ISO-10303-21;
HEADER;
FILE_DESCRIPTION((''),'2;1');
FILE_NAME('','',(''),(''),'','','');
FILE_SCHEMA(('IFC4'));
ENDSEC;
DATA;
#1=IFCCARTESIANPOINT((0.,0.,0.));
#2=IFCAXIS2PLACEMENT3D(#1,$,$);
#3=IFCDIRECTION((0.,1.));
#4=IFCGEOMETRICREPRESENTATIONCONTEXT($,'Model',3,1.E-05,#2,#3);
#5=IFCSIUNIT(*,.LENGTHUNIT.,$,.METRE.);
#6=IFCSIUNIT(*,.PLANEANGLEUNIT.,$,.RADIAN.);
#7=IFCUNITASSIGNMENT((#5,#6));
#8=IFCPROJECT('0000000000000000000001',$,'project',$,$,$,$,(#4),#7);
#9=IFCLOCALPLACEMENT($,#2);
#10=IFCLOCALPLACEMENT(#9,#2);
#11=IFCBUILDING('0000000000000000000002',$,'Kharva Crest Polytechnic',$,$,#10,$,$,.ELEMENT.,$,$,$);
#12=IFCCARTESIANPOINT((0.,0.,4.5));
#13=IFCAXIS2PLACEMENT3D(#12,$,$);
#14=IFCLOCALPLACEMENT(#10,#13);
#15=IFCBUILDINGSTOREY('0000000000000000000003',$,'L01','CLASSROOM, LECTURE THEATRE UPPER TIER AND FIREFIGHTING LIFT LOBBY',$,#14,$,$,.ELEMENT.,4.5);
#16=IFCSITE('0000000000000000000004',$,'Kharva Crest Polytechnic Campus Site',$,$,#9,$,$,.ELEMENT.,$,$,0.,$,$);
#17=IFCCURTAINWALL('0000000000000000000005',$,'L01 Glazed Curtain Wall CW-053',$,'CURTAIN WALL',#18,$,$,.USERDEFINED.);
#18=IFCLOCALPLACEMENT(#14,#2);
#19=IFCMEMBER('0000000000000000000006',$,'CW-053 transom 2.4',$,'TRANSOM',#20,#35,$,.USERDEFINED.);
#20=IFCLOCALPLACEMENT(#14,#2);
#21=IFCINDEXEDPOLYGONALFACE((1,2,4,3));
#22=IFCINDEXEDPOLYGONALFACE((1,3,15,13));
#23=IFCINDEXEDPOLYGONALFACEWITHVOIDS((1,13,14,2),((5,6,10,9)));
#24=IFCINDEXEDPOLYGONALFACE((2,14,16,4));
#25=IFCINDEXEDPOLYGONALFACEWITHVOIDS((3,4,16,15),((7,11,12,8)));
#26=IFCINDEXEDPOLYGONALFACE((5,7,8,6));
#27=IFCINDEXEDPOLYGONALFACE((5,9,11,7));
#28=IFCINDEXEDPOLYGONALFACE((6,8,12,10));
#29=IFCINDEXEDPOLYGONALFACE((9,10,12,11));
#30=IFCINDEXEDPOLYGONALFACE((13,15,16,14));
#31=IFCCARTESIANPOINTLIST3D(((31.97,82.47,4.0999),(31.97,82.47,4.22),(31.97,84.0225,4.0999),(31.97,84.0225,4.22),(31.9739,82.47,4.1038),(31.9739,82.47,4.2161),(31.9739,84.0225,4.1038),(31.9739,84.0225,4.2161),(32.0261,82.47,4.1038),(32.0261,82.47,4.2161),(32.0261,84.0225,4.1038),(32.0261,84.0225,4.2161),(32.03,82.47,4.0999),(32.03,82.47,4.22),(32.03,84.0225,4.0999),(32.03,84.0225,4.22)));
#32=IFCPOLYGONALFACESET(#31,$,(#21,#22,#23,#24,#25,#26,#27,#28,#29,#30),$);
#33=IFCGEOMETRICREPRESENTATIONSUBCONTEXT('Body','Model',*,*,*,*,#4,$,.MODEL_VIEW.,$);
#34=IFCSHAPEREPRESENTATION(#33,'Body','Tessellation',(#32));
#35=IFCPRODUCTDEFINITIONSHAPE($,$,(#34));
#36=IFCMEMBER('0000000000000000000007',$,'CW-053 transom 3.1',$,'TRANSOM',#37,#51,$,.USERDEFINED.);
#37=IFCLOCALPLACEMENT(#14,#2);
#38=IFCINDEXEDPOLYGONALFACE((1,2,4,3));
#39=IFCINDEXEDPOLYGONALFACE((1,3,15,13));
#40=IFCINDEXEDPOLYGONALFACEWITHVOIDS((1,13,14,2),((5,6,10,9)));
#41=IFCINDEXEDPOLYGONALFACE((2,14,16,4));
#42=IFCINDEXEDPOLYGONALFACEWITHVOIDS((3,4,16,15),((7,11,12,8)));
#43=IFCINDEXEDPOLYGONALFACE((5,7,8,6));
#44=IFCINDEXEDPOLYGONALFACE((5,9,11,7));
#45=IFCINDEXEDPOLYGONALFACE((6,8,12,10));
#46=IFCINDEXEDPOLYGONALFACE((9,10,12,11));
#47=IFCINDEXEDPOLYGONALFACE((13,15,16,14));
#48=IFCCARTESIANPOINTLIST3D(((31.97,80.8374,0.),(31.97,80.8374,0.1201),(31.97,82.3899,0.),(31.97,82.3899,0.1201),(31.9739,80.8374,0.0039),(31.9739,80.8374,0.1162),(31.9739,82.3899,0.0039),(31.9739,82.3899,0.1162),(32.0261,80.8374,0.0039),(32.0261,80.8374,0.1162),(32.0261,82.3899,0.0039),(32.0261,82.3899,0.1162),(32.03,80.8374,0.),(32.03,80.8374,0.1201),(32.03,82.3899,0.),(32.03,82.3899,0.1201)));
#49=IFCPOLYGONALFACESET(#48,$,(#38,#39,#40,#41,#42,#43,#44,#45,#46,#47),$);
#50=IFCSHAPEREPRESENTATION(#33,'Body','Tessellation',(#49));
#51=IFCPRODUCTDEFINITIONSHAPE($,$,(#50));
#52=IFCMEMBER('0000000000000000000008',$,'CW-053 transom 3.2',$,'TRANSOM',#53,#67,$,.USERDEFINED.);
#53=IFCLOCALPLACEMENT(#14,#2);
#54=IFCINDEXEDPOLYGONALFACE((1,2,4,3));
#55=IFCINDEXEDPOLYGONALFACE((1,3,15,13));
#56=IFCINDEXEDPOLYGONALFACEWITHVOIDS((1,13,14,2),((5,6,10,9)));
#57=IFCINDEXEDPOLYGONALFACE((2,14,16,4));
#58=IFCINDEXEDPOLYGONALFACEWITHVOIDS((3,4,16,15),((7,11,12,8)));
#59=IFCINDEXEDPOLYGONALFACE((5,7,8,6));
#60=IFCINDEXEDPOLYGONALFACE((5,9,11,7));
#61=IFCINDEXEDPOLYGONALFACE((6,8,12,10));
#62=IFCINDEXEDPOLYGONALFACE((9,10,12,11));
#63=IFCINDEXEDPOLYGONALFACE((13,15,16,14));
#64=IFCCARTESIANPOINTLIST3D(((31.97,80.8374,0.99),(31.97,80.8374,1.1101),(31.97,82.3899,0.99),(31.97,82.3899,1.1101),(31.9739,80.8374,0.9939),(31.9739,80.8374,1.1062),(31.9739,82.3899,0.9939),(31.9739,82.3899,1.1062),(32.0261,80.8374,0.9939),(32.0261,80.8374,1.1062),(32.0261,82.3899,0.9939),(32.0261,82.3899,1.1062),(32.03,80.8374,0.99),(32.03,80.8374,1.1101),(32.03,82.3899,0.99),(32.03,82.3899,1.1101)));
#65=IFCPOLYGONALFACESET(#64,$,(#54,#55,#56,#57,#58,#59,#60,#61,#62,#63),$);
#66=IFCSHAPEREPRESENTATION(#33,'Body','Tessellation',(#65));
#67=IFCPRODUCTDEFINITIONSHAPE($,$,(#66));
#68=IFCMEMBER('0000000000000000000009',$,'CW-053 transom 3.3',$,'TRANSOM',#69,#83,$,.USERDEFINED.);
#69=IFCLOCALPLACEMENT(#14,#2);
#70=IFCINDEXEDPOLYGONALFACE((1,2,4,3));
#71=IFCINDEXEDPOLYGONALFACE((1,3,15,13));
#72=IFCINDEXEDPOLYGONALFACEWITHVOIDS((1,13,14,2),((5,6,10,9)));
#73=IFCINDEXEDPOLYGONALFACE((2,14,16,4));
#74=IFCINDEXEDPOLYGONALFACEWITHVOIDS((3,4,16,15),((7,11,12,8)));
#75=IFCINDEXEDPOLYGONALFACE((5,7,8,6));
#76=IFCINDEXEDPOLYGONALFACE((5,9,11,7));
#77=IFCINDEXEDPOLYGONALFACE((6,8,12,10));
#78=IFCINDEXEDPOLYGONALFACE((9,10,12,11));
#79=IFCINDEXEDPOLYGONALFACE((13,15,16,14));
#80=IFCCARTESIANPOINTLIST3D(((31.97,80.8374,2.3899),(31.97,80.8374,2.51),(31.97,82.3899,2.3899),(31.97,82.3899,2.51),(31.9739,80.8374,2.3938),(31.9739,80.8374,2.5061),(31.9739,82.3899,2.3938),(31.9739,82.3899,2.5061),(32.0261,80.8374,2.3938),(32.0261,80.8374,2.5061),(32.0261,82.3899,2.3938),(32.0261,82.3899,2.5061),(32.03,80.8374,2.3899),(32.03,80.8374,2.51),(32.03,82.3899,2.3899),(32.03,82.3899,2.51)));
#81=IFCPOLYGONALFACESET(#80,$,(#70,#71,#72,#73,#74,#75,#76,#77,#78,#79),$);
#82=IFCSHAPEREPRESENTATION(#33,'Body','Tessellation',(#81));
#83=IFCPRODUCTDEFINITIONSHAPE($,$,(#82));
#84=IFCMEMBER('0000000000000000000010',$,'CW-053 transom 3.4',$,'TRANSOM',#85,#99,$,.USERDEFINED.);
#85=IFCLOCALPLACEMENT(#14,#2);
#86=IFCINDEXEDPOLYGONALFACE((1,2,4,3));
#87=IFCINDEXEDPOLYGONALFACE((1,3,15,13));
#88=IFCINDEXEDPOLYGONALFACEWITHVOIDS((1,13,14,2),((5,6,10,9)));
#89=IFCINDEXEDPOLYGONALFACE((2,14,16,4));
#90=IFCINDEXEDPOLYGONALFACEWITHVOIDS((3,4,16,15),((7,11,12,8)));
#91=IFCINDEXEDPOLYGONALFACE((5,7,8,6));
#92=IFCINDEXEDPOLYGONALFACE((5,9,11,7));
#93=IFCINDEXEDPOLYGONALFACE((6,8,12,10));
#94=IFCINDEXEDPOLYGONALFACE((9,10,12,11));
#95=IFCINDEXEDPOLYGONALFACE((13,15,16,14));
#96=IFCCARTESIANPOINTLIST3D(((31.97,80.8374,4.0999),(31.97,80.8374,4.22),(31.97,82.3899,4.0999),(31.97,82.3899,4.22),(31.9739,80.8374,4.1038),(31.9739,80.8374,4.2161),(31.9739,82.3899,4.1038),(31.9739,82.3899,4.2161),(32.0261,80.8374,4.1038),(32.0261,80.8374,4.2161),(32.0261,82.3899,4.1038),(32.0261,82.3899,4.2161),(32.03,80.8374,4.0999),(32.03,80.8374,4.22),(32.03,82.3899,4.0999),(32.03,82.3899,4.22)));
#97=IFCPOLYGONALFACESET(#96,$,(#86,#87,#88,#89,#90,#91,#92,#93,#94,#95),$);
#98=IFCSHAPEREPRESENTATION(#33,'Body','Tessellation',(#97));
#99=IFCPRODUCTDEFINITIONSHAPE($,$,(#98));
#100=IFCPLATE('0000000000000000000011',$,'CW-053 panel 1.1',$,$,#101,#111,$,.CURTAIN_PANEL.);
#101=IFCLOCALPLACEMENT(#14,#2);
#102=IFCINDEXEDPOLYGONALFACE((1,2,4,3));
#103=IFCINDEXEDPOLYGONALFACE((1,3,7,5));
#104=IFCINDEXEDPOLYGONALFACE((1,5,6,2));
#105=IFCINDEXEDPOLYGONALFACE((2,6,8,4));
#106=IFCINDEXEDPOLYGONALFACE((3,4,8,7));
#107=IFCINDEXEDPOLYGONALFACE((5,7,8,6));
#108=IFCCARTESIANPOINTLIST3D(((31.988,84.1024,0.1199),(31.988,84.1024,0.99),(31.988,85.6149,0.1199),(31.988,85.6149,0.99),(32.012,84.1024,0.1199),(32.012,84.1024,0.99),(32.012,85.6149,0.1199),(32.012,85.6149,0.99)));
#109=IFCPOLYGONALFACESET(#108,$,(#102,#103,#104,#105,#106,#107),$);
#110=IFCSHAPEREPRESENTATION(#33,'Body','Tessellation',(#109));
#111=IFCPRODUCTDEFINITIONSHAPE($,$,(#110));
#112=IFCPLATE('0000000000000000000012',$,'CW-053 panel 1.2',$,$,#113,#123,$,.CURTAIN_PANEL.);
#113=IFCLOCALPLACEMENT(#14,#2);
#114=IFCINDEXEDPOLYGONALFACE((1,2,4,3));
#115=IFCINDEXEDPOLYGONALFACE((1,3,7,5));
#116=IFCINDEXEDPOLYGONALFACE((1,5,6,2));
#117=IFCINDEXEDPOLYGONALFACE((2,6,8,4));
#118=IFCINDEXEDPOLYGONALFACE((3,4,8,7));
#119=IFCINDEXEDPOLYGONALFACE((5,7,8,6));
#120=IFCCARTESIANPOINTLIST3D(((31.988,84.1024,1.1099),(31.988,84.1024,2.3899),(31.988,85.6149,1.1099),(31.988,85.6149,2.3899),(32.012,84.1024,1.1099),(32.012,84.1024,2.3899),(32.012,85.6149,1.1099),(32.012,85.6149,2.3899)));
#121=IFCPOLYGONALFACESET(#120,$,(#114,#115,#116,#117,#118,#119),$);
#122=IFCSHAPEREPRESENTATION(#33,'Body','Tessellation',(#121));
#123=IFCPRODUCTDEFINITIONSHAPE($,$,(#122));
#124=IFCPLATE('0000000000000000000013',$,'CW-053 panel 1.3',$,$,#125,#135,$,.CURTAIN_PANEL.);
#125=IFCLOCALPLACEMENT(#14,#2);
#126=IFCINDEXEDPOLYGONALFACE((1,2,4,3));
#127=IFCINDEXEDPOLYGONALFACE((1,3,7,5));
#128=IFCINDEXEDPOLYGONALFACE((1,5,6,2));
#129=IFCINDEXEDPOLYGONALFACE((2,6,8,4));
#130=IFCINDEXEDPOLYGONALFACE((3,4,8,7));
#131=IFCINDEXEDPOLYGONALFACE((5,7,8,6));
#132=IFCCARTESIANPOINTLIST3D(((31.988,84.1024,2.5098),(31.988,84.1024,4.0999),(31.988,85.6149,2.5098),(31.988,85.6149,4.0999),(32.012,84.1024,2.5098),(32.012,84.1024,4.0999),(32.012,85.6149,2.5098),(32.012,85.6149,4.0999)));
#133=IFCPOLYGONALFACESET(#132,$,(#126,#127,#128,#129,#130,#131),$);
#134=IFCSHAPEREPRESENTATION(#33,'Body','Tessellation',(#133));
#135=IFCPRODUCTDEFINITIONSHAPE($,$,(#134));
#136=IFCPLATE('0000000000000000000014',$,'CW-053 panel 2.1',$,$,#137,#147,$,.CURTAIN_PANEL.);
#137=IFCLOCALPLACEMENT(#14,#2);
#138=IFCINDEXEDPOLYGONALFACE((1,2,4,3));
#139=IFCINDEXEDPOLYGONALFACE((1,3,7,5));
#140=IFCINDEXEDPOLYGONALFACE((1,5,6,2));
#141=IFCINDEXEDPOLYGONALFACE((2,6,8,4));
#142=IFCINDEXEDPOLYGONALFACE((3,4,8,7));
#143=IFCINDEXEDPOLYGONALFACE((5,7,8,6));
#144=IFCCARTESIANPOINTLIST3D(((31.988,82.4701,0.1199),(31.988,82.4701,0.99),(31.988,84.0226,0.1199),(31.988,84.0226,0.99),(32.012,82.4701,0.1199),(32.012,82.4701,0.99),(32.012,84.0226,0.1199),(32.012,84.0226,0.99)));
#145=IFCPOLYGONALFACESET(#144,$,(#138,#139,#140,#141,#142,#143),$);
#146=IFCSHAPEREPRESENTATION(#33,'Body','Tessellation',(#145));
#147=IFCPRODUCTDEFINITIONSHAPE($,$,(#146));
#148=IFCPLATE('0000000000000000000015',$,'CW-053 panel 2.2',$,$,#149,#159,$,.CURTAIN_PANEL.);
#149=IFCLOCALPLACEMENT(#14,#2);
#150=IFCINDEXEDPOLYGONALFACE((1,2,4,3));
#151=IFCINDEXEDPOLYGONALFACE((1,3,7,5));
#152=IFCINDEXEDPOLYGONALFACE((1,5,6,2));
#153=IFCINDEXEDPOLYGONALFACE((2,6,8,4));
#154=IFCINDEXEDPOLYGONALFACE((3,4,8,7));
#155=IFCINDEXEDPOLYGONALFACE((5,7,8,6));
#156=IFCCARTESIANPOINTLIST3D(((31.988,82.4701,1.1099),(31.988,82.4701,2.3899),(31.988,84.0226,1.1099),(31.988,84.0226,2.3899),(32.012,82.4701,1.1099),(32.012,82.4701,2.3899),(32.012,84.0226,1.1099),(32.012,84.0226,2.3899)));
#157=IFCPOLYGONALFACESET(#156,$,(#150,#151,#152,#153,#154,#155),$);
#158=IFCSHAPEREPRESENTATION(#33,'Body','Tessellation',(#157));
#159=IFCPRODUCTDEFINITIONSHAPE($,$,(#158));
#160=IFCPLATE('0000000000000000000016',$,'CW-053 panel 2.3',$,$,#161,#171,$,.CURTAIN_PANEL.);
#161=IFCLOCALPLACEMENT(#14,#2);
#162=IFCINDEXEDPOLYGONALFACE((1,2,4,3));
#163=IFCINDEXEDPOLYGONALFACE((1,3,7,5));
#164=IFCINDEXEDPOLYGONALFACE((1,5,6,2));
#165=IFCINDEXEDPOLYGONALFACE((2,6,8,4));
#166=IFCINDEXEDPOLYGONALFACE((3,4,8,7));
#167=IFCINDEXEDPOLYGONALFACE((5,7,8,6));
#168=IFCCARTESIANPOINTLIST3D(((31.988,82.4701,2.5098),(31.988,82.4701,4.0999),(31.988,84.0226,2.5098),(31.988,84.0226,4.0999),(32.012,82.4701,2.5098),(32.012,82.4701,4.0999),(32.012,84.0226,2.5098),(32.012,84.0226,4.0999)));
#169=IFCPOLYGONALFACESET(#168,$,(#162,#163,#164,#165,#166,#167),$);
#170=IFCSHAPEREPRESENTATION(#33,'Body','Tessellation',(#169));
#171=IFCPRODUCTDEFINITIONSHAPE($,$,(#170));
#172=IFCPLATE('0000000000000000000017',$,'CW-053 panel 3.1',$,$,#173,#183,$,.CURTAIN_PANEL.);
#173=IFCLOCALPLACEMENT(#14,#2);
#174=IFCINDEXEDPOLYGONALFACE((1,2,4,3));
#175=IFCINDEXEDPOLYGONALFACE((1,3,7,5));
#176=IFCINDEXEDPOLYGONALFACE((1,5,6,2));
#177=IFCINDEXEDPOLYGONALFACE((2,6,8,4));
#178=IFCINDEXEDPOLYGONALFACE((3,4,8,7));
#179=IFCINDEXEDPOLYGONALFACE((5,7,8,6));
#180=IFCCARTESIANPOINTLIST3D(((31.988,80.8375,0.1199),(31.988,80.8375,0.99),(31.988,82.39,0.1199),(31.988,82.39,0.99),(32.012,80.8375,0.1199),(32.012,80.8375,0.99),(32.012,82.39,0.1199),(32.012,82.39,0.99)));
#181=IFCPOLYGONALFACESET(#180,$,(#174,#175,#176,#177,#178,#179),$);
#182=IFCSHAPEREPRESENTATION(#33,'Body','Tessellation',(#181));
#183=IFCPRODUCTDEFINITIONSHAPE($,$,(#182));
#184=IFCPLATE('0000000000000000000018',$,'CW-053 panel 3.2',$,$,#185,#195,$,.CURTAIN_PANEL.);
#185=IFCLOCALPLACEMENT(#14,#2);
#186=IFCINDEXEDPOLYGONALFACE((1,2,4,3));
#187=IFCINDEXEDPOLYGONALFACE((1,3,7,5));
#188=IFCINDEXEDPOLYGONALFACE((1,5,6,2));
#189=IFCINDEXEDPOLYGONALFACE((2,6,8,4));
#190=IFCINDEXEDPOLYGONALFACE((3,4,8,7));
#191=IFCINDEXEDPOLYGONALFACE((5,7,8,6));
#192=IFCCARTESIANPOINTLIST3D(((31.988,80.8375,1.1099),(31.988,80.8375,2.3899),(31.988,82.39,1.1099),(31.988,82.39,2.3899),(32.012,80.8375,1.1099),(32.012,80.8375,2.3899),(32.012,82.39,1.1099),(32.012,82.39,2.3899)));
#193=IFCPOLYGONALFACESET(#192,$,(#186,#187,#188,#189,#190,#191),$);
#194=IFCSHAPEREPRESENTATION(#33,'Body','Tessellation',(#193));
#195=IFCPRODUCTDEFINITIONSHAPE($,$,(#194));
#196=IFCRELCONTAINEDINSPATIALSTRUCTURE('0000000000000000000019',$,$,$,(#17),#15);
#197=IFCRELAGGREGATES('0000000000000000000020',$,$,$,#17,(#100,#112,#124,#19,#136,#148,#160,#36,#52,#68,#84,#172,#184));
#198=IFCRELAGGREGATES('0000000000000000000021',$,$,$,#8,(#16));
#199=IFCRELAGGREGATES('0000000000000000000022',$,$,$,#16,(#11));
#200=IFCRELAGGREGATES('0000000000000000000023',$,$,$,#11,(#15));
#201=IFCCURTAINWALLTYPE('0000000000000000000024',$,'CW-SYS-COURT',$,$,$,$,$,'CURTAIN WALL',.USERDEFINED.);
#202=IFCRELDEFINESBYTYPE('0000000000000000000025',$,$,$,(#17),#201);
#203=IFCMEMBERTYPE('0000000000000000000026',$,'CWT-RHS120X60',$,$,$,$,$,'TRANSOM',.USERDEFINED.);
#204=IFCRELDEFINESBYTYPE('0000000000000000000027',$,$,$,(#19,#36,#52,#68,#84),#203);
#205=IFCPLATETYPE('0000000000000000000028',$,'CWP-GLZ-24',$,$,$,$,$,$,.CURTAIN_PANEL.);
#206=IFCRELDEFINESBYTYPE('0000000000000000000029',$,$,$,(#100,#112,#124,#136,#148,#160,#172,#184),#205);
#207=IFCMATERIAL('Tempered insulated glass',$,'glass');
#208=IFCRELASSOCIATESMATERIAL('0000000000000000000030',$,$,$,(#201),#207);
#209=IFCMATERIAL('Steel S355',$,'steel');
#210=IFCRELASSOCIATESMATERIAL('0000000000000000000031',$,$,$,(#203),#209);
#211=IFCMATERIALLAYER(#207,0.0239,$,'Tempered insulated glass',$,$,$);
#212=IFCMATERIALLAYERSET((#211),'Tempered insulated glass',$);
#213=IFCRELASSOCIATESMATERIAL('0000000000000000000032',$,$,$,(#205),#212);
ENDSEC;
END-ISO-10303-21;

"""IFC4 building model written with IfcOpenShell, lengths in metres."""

from ifc_helpers import new_model, si_unit, direction, frame, origin, origin_2d, place, context, subcontext, project, spatial, rectangle, hollow_rectangle, extrude, material, layer, layer_set, material_profile, profile_set, type_object, element, aggregate, save


model = new_model("IFC4")

# Units and contexts
model_context = context("Model", 3, precision=1e-05, world=origin(), true_north=direction((0.0, 1.0)))
body_context = subcontext(model_context, "Body", "Model", "MODEL_VIEW")
ifc_project = project(units=[si_unit("LENGTHUNIT", "METRE"), si_unit("PLANEANGLEUNIT", "RADIAN")], contexts=[model_context])

# Site, building, storey
site_placement = place(None, origin())
site = spatial("IfcSite", under=ifc_project, at=site_placement, Name="Kharva Crest Polytechnic Campus Site", CompositionType="ELEMENT", RefElevation=0.0)
building_placement = place(site_placement, origin())
building = spatial("IfcBuilding", under=site, at=building_placement, Name="Kharva Crest Polytechnic", CompositionType="ELEMENT")
storey_placement = place(building_placement, frame((0.0, 0.0, 4.5)))
storey = spatial("IfcBuildingStorey", under=building, at=storey_placement, Name="L01", Description="CLASSROOM, LECTURE THEATRE UPPER TIER AND FIREFIGHTING LIFT LOBBY", CompositionType="ELEMENT", Elevation=4.5)

# Shared definitions
ifc_material_1 = material(Name="Steel S355", Category="steel")

# Curtain wall, members, plates
ifc_material_2 = material(Name="Tempered insulated glass", Category="glass")
curtain_wall_type = type_object("IfcCurtainWallType", Name="CW-SYS-COURT", ElementType="CURTAIN WALL", PredefinedType="USERDEFINED", material=ifc_material_2)
curtain_wall_placement = place(storey_placement, origin())
curtain_wall = element("IfcCurtainWall", 1, at=curtain_wall_placement, inside=storey, type_object=curtain_wall_type, Name="L01 Glazed Curtain Wall CW-053", ObjectType="CURTAIN WALL", PredefinedType="USERDEFINED")
ifc_material_profile_1 = material_profile(ifc_material_1, hollow_rectangle(XDim=0.0601, YDim=0.1201, WallThickness=0.0039, at=origin_2d()), Name="RHS 120X60X4.0")
ifc_profile_set_1 = profile_set([ifc_material_profile_1], Name="Steel S355")
member_type_1 = type_object("IfcMemberType", Name="CWT-RHS120X60", ElementType="TRANSOM", PredefinedType="USERDEFINED", material=ifc_profile_set_1)
member_1_placement = place(storey_placement, frame((32.0, 84.0225, 4.1599), z_axis=(0.0, -1.0, 0.0), x_axis=(1.0, 0.0, 0.0)))
member_1 = element("IfcMember", 2, at=member_1_placement, type_object=member_type_1, Name="CW-053 transom 2.4", ObjectType="TRANSOM", PredefinedType="USERDEFINED", context=body_context, shape_type="SweptSolid", body=[
    extrude(hollow_rectangle(XDim=0.0601, YDim=0.1201, WallThickness=0.0039, at=origin_2d()), origin(), (0.0, 0.0, 1.0), 1.5525),
])
member_2_placement = place(storey_placement, frame((32.0, 82.3899, 0.0601), z_axis=(0.0, -1.0, 0.0), x_axis=(1.0, 0.0, 0.0)))
member_2 = element("IfcMember", 3, at=member_2_placement, type_object=member_type_1, Name="CW-053 transom 3.1", ObjectType="TRANSOM", PredefinedType="USERDEFINED", context=body_context, shape_type="SweptSolid", body=[
    extrude(hollow_rectangle(XDim=0.0601, YDim=0.1201, WallThickness=0.0039, at=origin_2d()), origin(), (0.0, 0.0, 1.0), 1.5525),
])
member_3_placement = place(storey_placement, frame((32.0, 82.3899, 1.05), z_axis=(0.0, -1.0, 0.0), x_axis=(1.0, 0.0, 0.0)))
member_3 = element("IfcMember", 4, at=member_3_placement, type_object=member_type_1, Name="CW-053 transom 3.2", ObjectType="TRANSOM", PredefinedType="USERDEFINED", context=body_context, shape_type="SweptSolid", body=[
    extrude(hollow_rectangle(XDim=0.0601, YDim=0.1201, WallThickness=0.0039, at=origin_2d()), origin(), (0.0, 0.0, 1.0), 1.5525),
])
member_4_placement = place(storey_placement, frame((32.0, 82.3899, 2.45), z_axis=(0.0, -1.0, 0.0), x_axis=(1.0, 0.0, 0.0)))
member_4 = element("IfcMember", 5, at=member_4_placement, type_object=member_type_1, Name="CW-053 transom 3.3", ObjectType="TRANSOM", PredefinedType="USERDEFINED", context=body_context, shape_type="SweptSolid", body=[
    extrude(hollow_rectangle(XDim=0.0601, YDim=0.1201, WallThickness=0.0039, at=origin_2d()), origin(), (0.0, 0.0, 1.0), 1.5525),
])
member_5_placement = place(storey_placement, frame((32.0, 82.3899, 4.1599), z_axis=(0.0, -1.0, 0.0), x_axis=(1.0, 0.0, 0.0)))
member_5 = element("IfcMember", 6, at=member_5_placement, type_object=member_type_1, Name="CW-053 transom 3.4", ObjectType="TRANSOM", PredefinedType="USERDEFINED", context=body_context, shape_type="SweptSolid", body=[
    extrude(hollow_rectangle(XDim=0.0601, YDim=0.1201, WallThickness=0.0039, at=origin_2d()), origin(), (0.0, 0.0, 1.0), 1.5525),
])
ifc_layer = layer(ifc_material_2, 0.0239, Name="Tempered insulated glass")
ifc_layer_set = layer_set([ifc_layer], Name="Tempered insulated glass")
plate_type = type_object("IfcPlateType", Name="CWP-GLZ-24", PredefinedType="CURTAIN_PANEL", material=ifc_layer_set)
plate_1_placement = place(storey_placement, frame((32.0, 84.8586, 0.1199), z_axis=(0.0, 0.0, 1.0), x_axis=(0.0, -1.0, 0.0)))
plate_1 = element("IfcPlate", 7, at=plate_1_placement, type_object=plate_type, Name="CW-053 panel 1.1", PredefinedType="CURTAIN_PANEL", context=body_context, shape_type="SweptSolid", body=[
    extrude(rectangle(XDim=1.5125, YDim=0.0239, at=origin_2d()), origin(), (0.0, 0.0, 1.0), 0.8701),
])
plate_2_placement = place(storey_placement, frame((32.0, 84.8586, 1.1099), z_axis=(0.0, 0.0, 1.0), x_axis=(0.0, -1.0, 0.0)))
plate_2 = element("IfcPlate", 8, at=plate_2_placement, type_object=plate_type, Name="CW-053 panel 1.2", PredefinedType="CURTAIN_PANEL", context=body_context, shape_type="SweptSolid", body=[
    extrude(rectangle(XDim=1.5125, YDim=0.0239, at=origin_2d()), origin(), (0.0, 0.0, 1.0), 1.28),
])
plate_3_placement = place(storey_placement, frame((32.0, 84.8586, 2.5098), z_axis=(0.0, 0.0, 1.0), x_axis=(0.0, -1.0, 0.0)))
plate_3 = element("IfcPlate", 9, at=plate_3_placement, type_object=plate_type, Name="CW-053 panel 1.3", PredefinedType="CURTAIN_PANEL", context=body_context, shape_type="SweptSolid", body=[
    extrude(rectangle(XDim=1.5125, YDim=0.0239, at=origin_2d()), origin(), (0.0, 0.0, 1.0), 1.5901),
])
plate_4_placement = place(storey_placement, frame((32.0, 83.2463, 0.1199), z_axis=(0.0, 0.0, 1.0), x_axis=(0.0, -1.0, 0.0)))
plate_4 = element("IfcPlate", 10, at=plate_4_placement, type_object=plate_type, Name="CW-053 panel 2.1", PredefinedType="CURTAIN_PANEL", context=body_context, shape_type="SweptSolid", body=[
    extrude(rectangle(XDim=1.5525, YDim=0.0239, at=origin_2d()), origin(), (0.0, 0.0, 1.0), 0.8701),
])
plate_5_placement = place(storey_placement, frame((32.0, 83.2463, 1.1099), z_axis=(0.0, 0.0, 1.0), x_axis=(0.0, -1.0, 0.0)))
plate_5 = element("IfcPlate", 11, at=plate_5_placement, type_object=plate_type, Name="CW-053 panel 2.2", PredefinedType="CURTAIN_PANEL", context=body_context, shape_type="SweptSolid", body=[
    extrude(rectangle(XDim=1.5525, YDim=0.0239, at=origin_2d()), origin(), (0.0, 0.0, 1.0), 1.28),
])
plate_6_placement = place(storey_placement, frame((32.0, 83.2463, 2.5098), z_axis=(0.0, 0.0, 1.0), x_axis=(0.0, -1.0, 0.0)))
plate_6 = element("IfcPlate", 12, at=plate_6_placement, type_object=plate_type, Name="CW-053 panel 2.3", PredefinedType="CURTAIN_PANEL", context=body_context, shape_type="SweptSolid", body=[
    extrude(rectangle(XDim=1.5525, YDim=0.0239, at=origin_2d()), origin(), (0.0, 0.0, 1.0), 1.5901),
])
plate_7_placement = place(storey_placement, frame((32.0, 81.6138, 0.1199), z_axis=(0.0, 0.0, 1.0), x_axis=(0.0, -1.0, 0.0)))
plate_7 = element("IfcPlate", 13, at=plate_7_placement, type_object=plate_type, Name="CW-053 panel 3.1", PredefinedType="CURTAIN_PANEL", context=body_context, shape_type="SweptSolid", body=[
    extrude(rectangle(XDim=1.5525, YDim=0.0239, at=origin_2d()), origin(), (0.0, 0.0, 1.0), 0.8701),
])
plate_8_placement = place(storey_placement, frame((32.0, 81.6138, 1.1099), z_axis=(0.0, 0.0, 1.0), x_axis=(0.0, -1.0, 0.0)))
plate_8 = element("IfcPlate", 14, at=plate_8_placement, type_object=plate_type, Name="CW-053 panel 3.2", PredefinedType="CURTAIN_PANEL", context=body_context, shape_type="SweptSolid", body=[
    extrude(rectangle(XDim=1.5525, YDim=0.0239, at=origin_2d()), origin(), (0.0, 0.0, 1.0), 1.28),
])
aggregate(curtain_wall, [plate_1, plate_2, plate_3, member_1, plate_4, plate_5, plate_6, member_2, member_3, member_4, member_5, plate_7, plate_8])

save(model, "model.ifc")
